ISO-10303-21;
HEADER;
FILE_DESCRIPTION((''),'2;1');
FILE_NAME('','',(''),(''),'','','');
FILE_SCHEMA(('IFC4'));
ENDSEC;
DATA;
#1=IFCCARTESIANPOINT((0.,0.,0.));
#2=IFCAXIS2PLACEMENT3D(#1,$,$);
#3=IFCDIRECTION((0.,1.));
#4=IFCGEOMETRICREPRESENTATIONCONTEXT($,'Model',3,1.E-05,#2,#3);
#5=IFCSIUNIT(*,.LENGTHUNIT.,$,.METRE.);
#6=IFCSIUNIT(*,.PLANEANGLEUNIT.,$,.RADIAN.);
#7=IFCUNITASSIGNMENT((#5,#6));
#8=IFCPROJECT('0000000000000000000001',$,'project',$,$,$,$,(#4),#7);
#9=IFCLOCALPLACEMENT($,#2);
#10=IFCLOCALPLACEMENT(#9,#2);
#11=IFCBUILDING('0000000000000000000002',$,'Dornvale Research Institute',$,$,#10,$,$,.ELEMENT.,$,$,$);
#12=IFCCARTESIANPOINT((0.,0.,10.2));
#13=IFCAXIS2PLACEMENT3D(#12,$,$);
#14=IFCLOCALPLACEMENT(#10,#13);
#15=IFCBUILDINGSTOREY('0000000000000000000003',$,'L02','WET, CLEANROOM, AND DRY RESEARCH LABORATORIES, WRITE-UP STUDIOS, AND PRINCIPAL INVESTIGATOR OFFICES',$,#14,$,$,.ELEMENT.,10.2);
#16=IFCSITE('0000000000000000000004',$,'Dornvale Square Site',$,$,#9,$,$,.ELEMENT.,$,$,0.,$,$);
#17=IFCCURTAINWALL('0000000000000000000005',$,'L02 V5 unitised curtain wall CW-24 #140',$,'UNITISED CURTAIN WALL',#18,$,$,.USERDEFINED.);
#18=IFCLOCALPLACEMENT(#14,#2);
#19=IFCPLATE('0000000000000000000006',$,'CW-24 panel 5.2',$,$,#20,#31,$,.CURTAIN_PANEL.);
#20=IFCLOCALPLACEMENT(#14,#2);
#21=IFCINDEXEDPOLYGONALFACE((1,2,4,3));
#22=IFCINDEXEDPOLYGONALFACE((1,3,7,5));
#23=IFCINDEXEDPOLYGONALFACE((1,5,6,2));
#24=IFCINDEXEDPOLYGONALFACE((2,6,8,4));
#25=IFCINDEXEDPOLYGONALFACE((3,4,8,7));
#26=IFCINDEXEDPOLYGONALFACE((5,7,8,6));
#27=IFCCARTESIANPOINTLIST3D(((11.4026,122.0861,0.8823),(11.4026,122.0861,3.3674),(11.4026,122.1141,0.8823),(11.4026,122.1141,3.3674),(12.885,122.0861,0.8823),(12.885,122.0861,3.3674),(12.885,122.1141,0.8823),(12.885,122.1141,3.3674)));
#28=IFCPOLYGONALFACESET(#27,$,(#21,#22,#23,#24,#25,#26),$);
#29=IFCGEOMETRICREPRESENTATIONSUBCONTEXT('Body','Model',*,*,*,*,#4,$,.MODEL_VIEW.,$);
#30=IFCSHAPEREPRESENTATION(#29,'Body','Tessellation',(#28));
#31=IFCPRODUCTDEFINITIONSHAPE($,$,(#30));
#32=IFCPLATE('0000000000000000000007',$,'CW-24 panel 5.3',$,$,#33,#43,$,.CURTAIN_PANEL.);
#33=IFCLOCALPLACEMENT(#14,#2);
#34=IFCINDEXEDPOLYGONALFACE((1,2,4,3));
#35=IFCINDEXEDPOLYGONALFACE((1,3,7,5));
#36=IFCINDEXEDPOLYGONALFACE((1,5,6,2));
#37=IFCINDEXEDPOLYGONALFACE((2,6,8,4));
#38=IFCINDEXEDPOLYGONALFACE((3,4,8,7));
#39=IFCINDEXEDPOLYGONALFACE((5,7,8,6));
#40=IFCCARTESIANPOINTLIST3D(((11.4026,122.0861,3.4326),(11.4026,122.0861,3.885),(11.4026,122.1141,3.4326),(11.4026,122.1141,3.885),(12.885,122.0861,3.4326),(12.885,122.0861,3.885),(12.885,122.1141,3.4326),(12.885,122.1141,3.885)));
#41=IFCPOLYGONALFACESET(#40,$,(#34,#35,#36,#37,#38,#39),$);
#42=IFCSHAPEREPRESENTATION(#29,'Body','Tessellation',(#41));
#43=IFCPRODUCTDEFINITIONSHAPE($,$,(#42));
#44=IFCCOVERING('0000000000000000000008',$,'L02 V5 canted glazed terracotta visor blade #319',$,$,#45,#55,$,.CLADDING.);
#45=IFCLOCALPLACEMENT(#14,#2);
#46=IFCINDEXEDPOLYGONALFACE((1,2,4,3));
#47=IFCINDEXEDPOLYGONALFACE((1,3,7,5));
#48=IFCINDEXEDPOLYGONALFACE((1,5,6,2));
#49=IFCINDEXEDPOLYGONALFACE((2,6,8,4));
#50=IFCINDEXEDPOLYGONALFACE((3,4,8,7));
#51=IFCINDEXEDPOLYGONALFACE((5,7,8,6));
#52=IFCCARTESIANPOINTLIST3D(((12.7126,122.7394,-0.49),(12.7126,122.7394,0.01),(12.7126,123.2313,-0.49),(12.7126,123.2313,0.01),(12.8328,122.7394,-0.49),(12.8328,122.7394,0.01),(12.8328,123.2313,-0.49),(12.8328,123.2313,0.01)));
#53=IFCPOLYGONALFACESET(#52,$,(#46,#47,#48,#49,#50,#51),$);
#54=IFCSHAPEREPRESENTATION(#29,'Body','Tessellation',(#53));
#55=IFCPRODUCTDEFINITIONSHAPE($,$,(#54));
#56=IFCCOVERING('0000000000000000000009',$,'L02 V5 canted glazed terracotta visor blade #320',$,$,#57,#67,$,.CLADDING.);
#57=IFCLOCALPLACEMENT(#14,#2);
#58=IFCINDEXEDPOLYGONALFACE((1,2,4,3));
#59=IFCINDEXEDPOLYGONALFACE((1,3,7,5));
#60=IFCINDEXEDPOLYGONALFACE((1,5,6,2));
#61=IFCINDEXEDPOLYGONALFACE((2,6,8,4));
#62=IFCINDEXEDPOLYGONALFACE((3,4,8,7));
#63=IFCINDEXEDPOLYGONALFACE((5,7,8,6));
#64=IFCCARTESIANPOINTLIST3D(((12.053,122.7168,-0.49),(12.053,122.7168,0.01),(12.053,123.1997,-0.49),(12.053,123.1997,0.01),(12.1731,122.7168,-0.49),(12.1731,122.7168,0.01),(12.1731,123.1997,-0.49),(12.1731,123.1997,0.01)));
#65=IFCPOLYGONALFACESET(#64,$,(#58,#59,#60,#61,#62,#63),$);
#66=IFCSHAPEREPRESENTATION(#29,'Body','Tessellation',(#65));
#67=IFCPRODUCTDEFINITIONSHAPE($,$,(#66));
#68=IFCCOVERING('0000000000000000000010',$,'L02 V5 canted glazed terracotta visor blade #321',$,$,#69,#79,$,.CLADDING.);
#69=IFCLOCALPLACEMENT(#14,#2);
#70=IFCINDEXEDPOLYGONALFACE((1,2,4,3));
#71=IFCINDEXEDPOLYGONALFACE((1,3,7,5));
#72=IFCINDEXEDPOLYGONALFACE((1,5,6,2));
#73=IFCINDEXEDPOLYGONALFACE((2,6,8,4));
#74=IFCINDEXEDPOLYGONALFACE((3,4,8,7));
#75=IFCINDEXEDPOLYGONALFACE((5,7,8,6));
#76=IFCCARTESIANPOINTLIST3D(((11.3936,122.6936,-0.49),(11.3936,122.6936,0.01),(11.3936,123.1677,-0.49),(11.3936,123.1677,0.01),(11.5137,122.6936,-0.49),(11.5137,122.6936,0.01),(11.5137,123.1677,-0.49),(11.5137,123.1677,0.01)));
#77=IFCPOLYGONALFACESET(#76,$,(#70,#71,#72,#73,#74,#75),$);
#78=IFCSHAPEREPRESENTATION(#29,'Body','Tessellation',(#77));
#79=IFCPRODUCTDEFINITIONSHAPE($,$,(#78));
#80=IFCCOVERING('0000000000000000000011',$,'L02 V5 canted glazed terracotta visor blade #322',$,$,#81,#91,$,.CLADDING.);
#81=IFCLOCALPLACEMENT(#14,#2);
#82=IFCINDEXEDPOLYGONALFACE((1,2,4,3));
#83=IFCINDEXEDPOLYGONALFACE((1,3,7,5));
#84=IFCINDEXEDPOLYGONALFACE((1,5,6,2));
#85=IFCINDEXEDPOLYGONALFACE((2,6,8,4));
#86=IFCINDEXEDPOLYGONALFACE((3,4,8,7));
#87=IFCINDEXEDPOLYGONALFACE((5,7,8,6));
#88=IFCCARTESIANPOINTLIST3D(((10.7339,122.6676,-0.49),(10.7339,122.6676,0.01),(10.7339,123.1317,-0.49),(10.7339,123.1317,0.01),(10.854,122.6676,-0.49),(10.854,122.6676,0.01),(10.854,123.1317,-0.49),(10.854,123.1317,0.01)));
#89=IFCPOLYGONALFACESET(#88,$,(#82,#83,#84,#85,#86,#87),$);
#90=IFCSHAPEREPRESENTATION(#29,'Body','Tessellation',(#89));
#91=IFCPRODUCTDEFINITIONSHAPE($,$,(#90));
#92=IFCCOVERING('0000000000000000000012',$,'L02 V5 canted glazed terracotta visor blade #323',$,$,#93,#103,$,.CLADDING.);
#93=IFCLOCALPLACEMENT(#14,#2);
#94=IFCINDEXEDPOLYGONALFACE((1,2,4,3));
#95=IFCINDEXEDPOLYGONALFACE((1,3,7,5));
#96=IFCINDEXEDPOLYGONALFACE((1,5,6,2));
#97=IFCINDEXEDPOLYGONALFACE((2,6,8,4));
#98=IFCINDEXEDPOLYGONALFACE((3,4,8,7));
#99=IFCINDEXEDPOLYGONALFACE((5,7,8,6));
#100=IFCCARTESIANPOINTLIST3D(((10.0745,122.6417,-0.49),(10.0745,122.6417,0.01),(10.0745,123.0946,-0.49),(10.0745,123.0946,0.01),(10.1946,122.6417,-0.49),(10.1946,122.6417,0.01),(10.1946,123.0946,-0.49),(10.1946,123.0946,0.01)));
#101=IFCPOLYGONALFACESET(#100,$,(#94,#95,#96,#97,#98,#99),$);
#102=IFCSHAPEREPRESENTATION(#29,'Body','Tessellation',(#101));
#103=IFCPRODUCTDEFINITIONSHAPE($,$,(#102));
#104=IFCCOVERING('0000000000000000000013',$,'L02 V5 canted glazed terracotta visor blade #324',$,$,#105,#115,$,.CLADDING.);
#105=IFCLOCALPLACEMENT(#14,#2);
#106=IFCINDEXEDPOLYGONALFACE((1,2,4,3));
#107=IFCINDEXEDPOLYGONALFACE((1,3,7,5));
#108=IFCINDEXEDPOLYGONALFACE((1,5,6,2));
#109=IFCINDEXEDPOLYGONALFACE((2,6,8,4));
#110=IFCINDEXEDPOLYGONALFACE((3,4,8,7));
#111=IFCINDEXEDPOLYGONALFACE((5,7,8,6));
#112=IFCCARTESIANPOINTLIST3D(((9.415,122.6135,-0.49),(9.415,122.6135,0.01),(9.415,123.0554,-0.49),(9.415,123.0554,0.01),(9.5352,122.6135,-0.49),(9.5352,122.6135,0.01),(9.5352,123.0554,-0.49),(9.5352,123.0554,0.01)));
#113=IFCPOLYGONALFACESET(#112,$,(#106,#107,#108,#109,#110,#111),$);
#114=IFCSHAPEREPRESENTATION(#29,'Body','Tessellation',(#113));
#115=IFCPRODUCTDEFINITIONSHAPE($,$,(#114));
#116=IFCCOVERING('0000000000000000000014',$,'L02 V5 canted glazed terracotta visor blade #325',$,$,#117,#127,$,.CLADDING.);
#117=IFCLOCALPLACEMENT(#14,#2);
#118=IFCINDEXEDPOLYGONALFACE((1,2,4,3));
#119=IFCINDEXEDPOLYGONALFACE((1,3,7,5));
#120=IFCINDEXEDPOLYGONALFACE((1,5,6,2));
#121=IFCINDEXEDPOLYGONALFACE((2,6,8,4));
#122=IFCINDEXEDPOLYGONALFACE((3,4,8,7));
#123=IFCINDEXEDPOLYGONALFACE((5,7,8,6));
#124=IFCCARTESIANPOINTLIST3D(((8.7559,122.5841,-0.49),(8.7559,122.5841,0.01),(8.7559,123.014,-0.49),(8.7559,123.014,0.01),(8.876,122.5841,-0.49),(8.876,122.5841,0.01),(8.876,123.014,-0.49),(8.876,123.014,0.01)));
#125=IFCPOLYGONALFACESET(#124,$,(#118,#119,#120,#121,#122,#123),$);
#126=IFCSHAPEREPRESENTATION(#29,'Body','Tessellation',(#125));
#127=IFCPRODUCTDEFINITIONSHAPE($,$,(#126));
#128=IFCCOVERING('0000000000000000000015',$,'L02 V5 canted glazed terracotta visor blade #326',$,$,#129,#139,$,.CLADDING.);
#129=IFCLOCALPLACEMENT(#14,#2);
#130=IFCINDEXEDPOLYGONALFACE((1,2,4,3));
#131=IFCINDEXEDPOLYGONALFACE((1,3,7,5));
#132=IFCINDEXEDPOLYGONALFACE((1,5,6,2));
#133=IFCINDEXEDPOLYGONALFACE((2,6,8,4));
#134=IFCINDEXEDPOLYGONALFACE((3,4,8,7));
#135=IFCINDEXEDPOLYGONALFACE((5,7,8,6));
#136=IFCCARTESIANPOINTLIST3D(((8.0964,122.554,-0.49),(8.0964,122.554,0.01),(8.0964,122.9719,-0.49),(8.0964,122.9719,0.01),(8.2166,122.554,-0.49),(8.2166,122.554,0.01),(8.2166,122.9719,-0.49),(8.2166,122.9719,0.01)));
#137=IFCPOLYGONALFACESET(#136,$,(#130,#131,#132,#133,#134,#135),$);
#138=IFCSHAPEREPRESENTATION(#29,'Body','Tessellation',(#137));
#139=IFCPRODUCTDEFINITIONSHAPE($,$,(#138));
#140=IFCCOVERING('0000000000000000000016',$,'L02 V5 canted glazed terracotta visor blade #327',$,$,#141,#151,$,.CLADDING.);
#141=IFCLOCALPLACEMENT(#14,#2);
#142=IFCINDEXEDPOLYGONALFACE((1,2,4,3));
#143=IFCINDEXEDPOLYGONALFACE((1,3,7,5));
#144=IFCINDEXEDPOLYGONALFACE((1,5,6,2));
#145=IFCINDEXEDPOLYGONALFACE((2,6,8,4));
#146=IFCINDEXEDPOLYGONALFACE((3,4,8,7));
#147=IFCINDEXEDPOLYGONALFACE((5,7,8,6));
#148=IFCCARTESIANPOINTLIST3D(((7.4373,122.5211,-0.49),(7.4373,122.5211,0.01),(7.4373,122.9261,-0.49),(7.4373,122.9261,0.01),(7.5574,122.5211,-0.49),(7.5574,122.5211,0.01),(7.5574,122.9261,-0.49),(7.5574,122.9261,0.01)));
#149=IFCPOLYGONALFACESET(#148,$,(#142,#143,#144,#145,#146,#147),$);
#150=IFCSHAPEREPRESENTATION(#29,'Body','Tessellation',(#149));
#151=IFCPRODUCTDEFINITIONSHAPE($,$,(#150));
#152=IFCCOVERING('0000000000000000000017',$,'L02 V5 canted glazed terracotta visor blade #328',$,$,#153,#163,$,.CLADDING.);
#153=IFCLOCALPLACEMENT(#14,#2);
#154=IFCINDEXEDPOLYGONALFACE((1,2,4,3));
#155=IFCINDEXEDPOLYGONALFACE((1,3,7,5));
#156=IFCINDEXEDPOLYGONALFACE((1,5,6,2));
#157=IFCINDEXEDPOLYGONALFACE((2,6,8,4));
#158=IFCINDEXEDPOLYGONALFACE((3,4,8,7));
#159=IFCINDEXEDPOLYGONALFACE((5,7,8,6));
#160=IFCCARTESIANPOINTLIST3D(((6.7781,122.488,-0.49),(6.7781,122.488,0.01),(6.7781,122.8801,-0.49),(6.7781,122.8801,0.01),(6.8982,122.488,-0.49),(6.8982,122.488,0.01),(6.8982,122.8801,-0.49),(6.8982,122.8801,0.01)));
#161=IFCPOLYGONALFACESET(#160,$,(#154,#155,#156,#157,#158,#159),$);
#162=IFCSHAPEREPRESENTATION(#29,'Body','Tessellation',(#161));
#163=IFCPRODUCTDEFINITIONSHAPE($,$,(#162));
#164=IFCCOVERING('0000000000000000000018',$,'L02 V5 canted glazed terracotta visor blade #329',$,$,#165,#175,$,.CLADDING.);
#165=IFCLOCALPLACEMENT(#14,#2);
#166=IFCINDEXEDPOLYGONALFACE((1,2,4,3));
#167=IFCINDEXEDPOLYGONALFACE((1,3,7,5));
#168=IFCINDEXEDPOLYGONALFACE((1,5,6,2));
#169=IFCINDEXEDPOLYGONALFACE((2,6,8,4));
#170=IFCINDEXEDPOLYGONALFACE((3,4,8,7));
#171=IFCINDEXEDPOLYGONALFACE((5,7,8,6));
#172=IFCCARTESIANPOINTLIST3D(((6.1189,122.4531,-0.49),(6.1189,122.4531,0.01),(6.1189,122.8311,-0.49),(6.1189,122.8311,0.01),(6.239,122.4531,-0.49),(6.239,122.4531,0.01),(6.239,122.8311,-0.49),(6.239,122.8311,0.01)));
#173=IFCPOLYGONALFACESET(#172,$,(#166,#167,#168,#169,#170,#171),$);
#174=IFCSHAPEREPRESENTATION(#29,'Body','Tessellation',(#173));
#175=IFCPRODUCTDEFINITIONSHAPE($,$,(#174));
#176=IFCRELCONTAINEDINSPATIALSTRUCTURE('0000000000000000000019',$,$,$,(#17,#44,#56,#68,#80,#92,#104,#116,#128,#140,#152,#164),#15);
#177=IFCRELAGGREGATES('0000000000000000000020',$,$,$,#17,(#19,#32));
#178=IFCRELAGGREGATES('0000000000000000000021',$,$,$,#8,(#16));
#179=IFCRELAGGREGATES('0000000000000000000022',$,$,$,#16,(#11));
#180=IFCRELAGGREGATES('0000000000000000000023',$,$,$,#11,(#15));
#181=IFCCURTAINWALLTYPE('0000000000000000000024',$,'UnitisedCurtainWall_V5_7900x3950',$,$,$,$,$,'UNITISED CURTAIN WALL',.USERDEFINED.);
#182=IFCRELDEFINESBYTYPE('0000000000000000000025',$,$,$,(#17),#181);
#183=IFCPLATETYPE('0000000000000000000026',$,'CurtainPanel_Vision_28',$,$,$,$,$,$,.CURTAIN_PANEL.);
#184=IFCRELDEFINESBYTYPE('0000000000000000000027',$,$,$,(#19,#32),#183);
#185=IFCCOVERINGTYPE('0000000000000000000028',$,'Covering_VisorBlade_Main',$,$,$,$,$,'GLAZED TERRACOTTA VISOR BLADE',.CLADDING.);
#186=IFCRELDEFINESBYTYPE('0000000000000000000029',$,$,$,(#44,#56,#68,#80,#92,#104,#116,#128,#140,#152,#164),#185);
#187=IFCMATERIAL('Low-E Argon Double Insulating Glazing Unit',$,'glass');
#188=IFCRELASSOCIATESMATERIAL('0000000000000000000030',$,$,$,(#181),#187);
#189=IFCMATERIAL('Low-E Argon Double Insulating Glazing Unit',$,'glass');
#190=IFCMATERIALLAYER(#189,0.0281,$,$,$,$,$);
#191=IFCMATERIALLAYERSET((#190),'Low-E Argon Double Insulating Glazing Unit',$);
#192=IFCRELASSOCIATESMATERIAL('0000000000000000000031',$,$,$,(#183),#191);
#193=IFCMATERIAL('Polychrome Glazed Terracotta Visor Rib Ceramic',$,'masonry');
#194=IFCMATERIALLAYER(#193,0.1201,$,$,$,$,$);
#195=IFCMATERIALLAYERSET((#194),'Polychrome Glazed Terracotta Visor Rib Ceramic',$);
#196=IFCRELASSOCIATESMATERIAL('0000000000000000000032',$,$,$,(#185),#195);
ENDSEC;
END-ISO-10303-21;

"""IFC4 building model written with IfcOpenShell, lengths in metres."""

from ifc_helpers import new_model, si_unit, direction, frame, origin, origin_2d, place, context, subcontext, project, spatial, rectangle, extrude, material, layer, layer_set, type_object, element, aggregate, save


model = new_model("IFC4")

# Units and contexts
model_context = context("Model", 3, precision=1e-05, world=origin(), true_north=direction((0.0, 1.0)))
body_context = subcontext(model_context, "Body", "Model", "MODEL_VIEW")
ifc_project = project(units=[si_unit("LENGTHUNIT", "METRE"), si_unit("PLANEANGLEUNIT", "RADIAN")], contexts=[model_context])

# Site, building, storey
site_placement = place(None, origin())
site = spatial("IfcSite", under=ifc_project, at=site_placement, Name="Dornvale Square Site", CompositionType="ELEMENT", RefElevation=0.0)
building_placement = place(site_placement, origin())
building = spatial("IfcBuilding", under=site, at=building_placement, Name="Dornvale Research Institute", CompositionType="ELEMENT")
storey_placement = place(building_placement, frame((0.0, 0.0, 10.2)))
storey = spatial("IfcBuildingStorey", under=building, at=storey_placement, Name="L02", Description="WET, CLEANROOM, AND DRY RESEARCH LABORATORIES, WRITE-UP STUDIOS, AND PRINCIPAL INVESTIGATOR OFFICES", CompositionType="ELEMENT", Elevation=10.2)

# Curtain wall, plates
ifc_material_1 = material(Name="Low-E Argon Double Insulating Glazing Unit", Category="glass")
curtain_wall_type = type_object("IfcCurtainWallType", Name="UnitisedCurtainWall_V5_7900x3950", ElementType="UNITISED CURTAIN WALL", PredefinedType="USERDEFINED", material=ifc_material_1)
curtain_wall_placement = place(storey_placement, origin())
curtain_wall = element("IfcCurtainWall", 1, at=curtain_wall_placement, inside=storey, type_object=curtain_wall_type, Name="L02 V5 unitised curtain wall CW-24 #140", ObjectType="UNITISED CURTAIN WALL", PredefinedType="USERDEFINED")
ifc_material_2 = material(Name="Low-E Argon Double Insulating Glazing Unit", Category="glass")
ifc_layer_1 = layer(ifc_material_2, 0.0281)
ifc_layer_set_1 = layer_set([ifc_layer_1], Name="Low-E Argon Double Insulating Glazing Unit")
plate_type_1 = type_object("IfcPlateType", Name="CurtainPanel_Vision_28", PredefinedType="CURTAIN_PANEL", material=ifc_layer_set_1)
plate_1_placement = place(storey_placement, frame((12.1438, 122.1001, 0.8823), z_axis=(0.0, 0.0, 1.0), x_axis=(1.0, 0.0, 0.0)))
plate_1 = element("IfcPlate", 2, at=plate_1_placement, type_object=plate_type_1, Name="CW-24 panel 5.2", PredefinedType="CURTAIN_PANEL", context=body_context, shape_type="SweptSolid", body=[
    extrude(rectangle(XDim=1.4824, YDim=0.0281, at=origin_2d()), origin(), (0.0, 0.0, 1.0), 2.4851),
])
plate_2_placement = place(storey_placement, frame((12.1438, 122.1001, 3.4326), z_axis=(0.0, 0.0, 1.0), x_axis=(1.0, 0.0, 0.0)))
plate_2 = element("IfcPlate", 3, at=plate_2_placement, type_object=plate_type_1, Name="CW-24 panel 5.3", PredefinedType="CURTAIN_PANEL", context=body_context, shape_type="SweptSolid", body=[
    extrude(rectangle(XDim=1.4824, YDim=0.0281, at=origin_2d()), origin(), (0.0, 0.0, 1.0), 0.4524),
])
aggregate(curtain_wall, [plate_1, plate_2])

# Coverings
ifc_material_3 = material(Name="Polychrome Glazed Terracotta Visor Rib Ceramic", Category="masonry")
ifc_layer_2 = layer(ifc_material_3, 0.1201)
ifc_layer_set_2 = layer_set([ifc_layer_2], Name="Polychrome Glazed Terracotta Visor Rib Ceramic")
covering_type = type_object("IfcCoveringType", Name="Covering_VisorBlade_Main", ElementType="GLAZED TERRACOTTA VISOR BLADE", PredefinedType="CLADDING", material=ifc_layer_set_2)
covering_1_placement = place(storey_placement, frame((12.7727, 122.9854, -0.49), z_axis=(0.0, 0.0, 1.0), x_axis=(0.0, 1.0, 0.0)))
element("IfcCovering", 4, at=covering_1_placement, inside=storey, type_object=covering_type, Name="L02 V5 canted glazed terracotta visor blade #319", PredefinedType="CLADDING", context=body_context, shape_type="SweptSolid", body=[
    extrude(rectangle(XDim=0.4919, YDim=0.1201, at=origin_2d()), origin(), (0.0, 0.0, 1.0), 0.5),
])
covering_2_placement = place(storey_placement, frame((12.113, 122.9583, -0.49), z_axis=(0.0, 0.0, 1.0), x_axis=(0.0, 1.0, 0.0)))
element("IfcCovering", 5, at=covering_2_placement, inside=storey, type_object=covering_type, Name="L02 V5 canted glazed terracotta visor blade #320", PredefinedType="CLADDING", context=body_context, shape_type="SweptSolid", body=[
    extrude(rectangle(XDim=0.4829, YDim=0.1201, at=origin_2d()), origin(), (0.0, 0.0, 1.0), 0.5),
])
covering_3_placement = place(storey_placement, frame((11.4536, 122.9307, -0.49), z_axis=(0.0, 0.0, 1.0), x_axis=(0.0, 1.0, 0.0)))
element("IfcCovering", 6, at=covering_3_placement, inside=storey, type_object=covering_type, Name="L02 V5 canted glazed terracotta visor blade #321", PredefinedType="CLADDING", context=body_context, shape_type="SweptSolid", body=[
    extrude(rectangle(XDim=0.4741, YDim=0.1201, at=origin_2d()), origin(), (0.0, 0.0, 1.0), 0.5),
])
covering_4_placement = place(storey_placement, frame((10.7939, 122.8997, -0.49), z_axis=(0.0, 0.0, 1.0), x_axis=(0.0, 1.0, 0.0)))
element("IfcCovering", 7, at=covering_4_placement, inside=storey, type_object=covering_type, Name="L02 V5 canted glazed terracotta visor blade #322", PredefinedType="CLADDING", context=body_context, shape_type="SweptSolid", body=[
    extrude(rectangle(XDim=0.4641, YDim=0.1201, at=origin_2d()), origin(), (0.0, 0.0, 1.0), 0.5),
])
covering_5_placement = place(storey_placement, frame((10.1345, 122.8682, -0.49), z_axis=(0.0, 0.0, 1.0), x_axis=(0.0, 1.0, 0.0)))
element("IfcCovering", 8, at=covering_5_placement, inside=storey, type_object=covering_type, Name="L02 V5 canted glazed terracotta visor blade #323", PredefinedType="CLADDING", context=body_context, shape_type="SweptSolid", body=[
    extrude(rectangle(XDim=0.4529, YDim=0.1201, at=origin_2d()), origin(), (0.0, 0.0, 1.0), 0.5),
])
covering_6_placement = place(storey_placement, frame((9.4751, 122.8345, -0.49), z_axis=(0.0, 0.0, 1.0), x_axis=(0.0, 1.0, 0.0)))
element("IfcCovering", 9, at=covering_6_placement, inside=storey, type_object=covering_type, Name="L02 V5 canted glazed terracotta visor blade #324", PredefinedType="CLADDING", context=body_context, shape_type="SweptSolid", body=[
    extrude(rectangle(XDim=0.4419, YDim=0.1201, at=origin_2d()), origin(), (0.0, 0.0, 1.0), 0.5),
])
covering_7_placement = place(storey_placement, frame((8.8159, 122.7991, -0.49), z_axis=(0.0, 0.0, 1.0), x_axis=(0.0, 1.0, 0.0)))
element("IfcCovering", 10, at=covering_7_placement, inside=storey, type_object=covering_type, Name="L02 V5 canted glazed terracotta visor blade #325", PredefinedType="CLADDING", context=body_context, shape_type="SweptSolid", body=[
    extrude(rectangle(XDim=0.4299, YDim=0.1201, at=origin_2d()), origin(), (0.0, 0.0, 1.0), 0.5),
])
covering_8_placement = place(storey_placement, frame((8.1565, 122.7629, -0.49), z_axis=(0.0, 0.0, 1.0), x_axis=(0.0, 1.0, 0.0)))
element("IfcCovering", 11, at=covering_8_placement, inside=storey, type_object=covering_type, Name="L02 V5 canted glazed terracotta visor blade #326", PredefinedType="CLADDING", context=body_context, shape_type="SweptSolid", body=[
    extrude(rectangle(XDim=0.418, YDim=0.1201, at=origin_2d()), origin(), (0.0, 0.0, 1.0), 0.5),
])
covering_9_placement = place(storey_placement, frame((7.4973, 122.7236, -0.49), z_axis=(0.0, 0.0, 1.0), x_axis=(0.0, 1.0, 0.0)))
element("IfcCovering", 12, at=covering_9_placement, inside=storey, type_object=covering_type, Name="L02 V5 canted glazed terracotta visor blade #327", PredefinedType="CLADDING", context=body_context, shape_type="SweptSolid", body=[
    extrude(rectangle(XDim=0.405, YDim=0.1201, at=origin_2d()), origin(), (0.0, 0.0, 1.0), 0.5),
])
covering_10_placement = place(storey_placement, frame((6.8381, 122.6841, -0.49), z_axis=(0.0, 0.0, 1.0), x_axis=(0.0, 1.0, 0.0)))
element("IfcCovering", 13, at=covering_10_placement, inside=storey, type_object=covering_type, Name="L02 V5 canted glazed terracotta visor blade #328", PredefinedType="CLADDING", context=body_context, shape_type="SweptSolid", body=[
    extrude(rectangle(XDim=0.3921, YDim=0.1201, at=origin_2d()), origin(), (0.0, 0.0, 1.0), 0.5),
])
covering_11_placement = place(storey_placement, frame((6.179, 122.6421, -0.49), z_axis=(0.0, 0.0, 1.0), x_axis=(0.0, 1.0, 0.0)))
element("IfcCovering", 14, at=covering_11_placement, inside=storey, type_object=covering_type, Name="L02 V5 canted glazed terracotta visor blade #329", PredefinedType="CLADDING", context=body_context, shape_type="SweptSolid", body=[
    extrude(rectangle(XDim=0.3779, YDim=0.1201, at=origin_2d()), origin(), (0.0, 0.0, 1.0), 0.5),
])

save(model, "model.ifc")
